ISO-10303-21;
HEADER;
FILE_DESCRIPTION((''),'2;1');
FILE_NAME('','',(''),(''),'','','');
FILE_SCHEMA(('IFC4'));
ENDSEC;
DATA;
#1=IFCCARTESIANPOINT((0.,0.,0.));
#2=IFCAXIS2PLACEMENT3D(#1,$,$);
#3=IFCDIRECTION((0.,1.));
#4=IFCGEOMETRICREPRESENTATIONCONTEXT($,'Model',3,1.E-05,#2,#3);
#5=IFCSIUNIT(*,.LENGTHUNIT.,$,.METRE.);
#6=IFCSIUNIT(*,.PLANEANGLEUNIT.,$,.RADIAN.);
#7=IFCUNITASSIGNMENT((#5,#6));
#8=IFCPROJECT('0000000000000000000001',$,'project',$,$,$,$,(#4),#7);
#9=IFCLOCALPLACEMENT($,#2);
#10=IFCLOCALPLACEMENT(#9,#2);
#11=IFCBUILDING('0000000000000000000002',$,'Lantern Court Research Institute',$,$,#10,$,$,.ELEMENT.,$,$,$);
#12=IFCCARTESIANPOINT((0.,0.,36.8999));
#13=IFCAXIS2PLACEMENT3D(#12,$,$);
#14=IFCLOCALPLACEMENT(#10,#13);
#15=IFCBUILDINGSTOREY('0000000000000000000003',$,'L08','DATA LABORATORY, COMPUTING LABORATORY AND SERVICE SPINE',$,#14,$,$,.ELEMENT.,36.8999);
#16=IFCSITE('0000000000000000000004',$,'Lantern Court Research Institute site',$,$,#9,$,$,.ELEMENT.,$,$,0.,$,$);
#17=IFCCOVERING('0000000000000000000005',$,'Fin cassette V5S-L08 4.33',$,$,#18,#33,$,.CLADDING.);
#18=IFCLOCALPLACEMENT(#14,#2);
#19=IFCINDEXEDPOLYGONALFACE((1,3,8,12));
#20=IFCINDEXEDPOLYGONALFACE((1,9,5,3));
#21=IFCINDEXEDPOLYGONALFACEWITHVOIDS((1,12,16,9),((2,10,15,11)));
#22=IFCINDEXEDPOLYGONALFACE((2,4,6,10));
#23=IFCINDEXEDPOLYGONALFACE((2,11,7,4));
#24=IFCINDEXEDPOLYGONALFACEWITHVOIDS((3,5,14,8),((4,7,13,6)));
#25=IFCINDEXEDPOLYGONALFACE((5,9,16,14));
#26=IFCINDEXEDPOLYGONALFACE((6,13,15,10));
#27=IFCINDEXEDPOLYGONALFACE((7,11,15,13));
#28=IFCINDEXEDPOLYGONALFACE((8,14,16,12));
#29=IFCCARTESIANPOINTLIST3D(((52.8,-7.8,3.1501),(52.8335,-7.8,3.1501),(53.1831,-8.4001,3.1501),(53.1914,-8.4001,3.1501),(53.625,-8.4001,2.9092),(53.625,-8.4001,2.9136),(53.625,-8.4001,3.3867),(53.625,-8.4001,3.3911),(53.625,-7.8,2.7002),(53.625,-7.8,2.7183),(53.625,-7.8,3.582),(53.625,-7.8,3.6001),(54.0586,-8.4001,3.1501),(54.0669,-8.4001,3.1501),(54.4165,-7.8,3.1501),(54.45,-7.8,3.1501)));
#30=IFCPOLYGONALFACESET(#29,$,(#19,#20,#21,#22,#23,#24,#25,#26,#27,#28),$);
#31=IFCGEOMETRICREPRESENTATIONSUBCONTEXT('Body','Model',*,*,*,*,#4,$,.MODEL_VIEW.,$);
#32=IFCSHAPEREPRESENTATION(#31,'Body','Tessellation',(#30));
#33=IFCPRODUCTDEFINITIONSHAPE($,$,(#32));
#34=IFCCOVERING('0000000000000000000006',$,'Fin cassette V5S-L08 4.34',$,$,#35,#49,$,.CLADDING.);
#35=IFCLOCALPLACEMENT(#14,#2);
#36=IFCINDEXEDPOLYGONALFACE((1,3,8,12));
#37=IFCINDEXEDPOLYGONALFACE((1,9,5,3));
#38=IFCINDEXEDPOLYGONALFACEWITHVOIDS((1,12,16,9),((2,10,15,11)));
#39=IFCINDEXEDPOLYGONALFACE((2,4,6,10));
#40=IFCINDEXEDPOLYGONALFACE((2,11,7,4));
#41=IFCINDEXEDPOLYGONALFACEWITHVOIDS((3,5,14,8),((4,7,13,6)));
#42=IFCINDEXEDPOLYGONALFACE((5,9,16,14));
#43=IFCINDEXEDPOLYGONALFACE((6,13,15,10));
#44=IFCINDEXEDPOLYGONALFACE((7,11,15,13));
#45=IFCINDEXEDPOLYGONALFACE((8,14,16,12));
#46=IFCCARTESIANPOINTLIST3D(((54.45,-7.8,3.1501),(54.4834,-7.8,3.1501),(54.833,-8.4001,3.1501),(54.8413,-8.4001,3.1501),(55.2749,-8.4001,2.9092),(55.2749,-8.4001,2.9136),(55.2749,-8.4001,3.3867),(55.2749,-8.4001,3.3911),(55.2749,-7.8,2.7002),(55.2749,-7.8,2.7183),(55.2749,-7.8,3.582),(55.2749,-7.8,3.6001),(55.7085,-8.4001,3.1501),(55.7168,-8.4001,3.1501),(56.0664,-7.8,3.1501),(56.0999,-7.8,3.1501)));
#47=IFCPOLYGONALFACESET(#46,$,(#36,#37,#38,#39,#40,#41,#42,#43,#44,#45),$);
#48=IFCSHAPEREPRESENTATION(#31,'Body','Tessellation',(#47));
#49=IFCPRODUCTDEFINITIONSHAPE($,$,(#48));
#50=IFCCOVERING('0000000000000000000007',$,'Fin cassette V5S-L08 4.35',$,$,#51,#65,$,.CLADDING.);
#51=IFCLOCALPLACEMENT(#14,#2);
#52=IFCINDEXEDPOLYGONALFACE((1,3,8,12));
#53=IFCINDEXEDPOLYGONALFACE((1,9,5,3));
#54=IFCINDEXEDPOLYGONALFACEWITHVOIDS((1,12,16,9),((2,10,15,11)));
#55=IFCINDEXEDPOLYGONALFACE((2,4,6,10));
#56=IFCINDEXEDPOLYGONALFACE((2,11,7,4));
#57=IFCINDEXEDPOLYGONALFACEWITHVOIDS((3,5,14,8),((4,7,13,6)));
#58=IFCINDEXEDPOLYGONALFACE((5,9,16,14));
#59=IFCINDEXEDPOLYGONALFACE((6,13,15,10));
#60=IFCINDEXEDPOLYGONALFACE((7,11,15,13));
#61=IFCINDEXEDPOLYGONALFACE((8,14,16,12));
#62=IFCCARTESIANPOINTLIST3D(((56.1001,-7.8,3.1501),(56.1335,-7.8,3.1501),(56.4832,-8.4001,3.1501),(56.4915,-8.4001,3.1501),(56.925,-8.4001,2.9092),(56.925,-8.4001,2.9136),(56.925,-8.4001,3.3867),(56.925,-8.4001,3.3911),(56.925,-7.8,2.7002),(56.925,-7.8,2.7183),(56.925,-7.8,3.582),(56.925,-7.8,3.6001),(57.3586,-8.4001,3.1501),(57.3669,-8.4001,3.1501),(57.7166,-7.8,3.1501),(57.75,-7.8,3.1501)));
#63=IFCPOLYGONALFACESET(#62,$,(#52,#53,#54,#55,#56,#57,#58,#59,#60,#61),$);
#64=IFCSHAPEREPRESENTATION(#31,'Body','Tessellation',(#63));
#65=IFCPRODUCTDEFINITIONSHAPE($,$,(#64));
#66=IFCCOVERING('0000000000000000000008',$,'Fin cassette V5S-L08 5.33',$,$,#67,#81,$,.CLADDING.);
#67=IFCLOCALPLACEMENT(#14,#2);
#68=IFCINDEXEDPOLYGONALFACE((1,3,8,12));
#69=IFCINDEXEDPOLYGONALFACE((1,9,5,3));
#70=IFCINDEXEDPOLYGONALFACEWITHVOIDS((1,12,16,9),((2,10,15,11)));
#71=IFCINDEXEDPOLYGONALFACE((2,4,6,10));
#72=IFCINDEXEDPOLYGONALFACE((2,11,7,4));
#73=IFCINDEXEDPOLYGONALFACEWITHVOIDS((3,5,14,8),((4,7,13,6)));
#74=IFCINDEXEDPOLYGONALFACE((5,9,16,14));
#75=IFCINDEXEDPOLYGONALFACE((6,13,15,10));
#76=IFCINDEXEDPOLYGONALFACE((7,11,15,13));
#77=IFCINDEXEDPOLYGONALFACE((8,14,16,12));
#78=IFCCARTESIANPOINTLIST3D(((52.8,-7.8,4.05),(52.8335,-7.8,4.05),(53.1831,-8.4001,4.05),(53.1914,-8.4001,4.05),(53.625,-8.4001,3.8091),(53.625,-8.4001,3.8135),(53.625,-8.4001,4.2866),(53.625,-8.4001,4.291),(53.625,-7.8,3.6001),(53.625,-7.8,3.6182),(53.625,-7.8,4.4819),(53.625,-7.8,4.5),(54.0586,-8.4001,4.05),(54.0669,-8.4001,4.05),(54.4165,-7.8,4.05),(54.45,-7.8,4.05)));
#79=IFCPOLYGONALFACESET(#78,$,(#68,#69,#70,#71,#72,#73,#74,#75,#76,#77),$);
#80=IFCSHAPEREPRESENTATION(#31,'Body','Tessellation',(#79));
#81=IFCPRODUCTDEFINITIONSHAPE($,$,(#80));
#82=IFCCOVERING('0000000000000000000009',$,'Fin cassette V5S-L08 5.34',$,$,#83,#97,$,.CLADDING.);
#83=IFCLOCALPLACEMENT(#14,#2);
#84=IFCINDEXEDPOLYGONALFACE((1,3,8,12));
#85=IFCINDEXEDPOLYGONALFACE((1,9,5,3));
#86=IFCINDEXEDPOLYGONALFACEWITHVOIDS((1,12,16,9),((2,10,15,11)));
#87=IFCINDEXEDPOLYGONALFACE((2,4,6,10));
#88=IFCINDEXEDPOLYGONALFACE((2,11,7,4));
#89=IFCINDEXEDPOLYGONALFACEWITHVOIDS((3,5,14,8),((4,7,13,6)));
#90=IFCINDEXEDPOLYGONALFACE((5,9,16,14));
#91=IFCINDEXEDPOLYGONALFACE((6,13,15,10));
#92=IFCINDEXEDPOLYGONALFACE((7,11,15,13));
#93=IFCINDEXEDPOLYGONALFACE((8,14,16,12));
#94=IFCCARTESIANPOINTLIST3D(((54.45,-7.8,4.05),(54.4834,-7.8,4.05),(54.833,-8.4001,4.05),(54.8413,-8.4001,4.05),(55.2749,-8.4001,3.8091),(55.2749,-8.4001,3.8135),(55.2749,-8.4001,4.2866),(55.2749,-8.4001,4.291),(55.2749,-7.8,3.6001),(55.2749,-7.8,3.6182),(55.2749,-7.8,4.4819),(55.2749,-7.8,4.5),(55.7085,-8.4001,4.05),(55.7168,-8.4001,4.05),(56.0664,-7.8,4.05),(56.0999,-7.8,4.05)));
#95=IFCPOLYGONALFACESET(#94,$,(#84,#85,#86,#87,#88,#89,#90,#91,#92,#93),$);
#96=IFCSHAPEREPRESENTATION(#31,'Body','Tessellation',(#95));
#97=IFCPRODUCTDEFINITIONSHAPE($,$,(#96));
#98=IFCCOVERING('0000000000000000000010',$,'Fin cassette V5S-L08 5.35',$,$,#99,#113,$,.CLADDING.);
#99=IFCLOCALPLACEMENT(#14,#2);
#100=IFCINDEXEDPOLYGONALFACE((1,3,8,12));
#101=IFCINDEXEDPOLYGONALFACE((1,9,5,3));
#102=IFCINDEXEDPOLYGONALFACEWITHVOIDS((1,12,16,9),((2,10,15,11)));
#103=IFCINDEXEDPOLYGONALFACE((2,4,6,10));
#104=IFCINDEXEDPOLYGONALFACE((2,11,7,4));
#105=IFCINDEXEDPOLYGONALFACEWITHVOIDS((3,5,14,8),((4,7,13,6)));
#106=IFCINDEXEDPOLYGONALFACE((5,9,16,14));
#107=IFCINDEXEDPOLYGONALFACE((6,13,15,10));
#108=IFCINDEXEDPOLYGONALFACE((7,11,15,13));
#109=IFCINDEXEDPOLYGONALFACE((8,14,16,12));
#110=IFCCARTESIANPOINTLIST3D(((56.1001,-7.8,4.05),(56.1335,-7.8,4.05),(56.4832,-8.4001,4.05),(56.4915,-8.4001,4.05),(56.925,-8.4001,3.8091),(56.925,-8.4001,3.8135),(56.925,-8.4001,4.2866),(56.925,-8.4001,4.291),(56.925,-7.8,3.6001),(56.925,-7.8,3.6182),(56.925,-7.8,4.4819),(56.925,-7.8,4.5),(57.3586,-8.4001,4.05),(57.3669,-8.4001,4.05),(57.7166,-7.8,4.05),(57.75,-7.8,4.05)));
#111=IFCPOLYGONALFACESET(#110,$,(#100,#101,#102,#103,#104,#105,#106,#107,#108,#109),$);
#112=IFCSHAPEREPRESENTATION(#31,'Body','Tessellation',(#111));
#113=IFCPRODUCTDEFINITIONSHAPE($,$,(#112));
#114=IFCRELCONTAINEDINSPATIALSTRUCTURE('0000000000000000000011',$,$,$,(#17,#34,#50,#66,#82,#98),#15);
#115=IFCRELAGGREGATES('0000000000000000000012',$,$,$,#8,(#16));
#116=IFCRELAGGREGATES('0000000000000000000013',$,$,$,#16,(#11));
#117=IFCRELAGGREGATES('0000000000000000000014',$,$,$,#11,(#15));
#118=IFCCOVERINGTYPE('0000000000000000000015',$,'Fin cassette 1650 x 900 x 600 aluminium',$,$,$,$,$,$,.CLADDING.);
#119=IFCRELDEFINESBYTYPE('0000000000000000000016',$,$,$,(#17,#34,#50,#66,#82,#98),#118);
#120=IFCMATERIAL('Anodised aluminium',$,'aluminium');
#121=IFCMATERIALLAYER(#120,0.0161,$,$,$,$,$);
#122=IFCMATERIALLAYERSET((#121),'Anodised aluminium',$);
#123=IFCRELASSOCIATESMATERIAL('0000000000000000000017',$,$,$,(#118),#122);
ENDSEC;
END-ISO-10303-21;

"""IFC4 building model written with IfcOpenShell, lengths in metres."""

from ifc_helpers import new_model, entity, si_unit, direction, frame, origin, place, context, subcontext, project, spatial, material, layer, layer_set, type_object, element, save


model = new_model("IFC4")

# Units and contexts
model_context = context("Model", 3, precision=1e-05, world=origin(), true_north=direction((0.0, 1.0)))
body_context = subcontext(model_context, "Body", "Model", "MODEL_VIEW")
ifc_project = project(units=[si_unit("LENGTHUNIT", "METRE"), si_unit("PLANEANGLEUNIT", "RADIAN")], contexts=[model_context])

# Site, building, storey
site_placement = place(None, origin())
site = spatial("IfcSite", under=ifc_project, at=site_placement, Name="Lantern Court Research Institute site", CompositionType="ELEMENT", RefElevation=0.0)
building_placement = place(site_placement, origin())
building = spatial("IfcBuilding", under=site, at=building_placement, Name="Lantern Court Research Institute", CompositionType="ELEMENT")
storey_placement = place(building_placement, frame((0.0, 0.0, 36.8999)))
storey = spatial("IfcBuildingStorey", under=building, at=storey_placement, Name="L08", Description="DATA LABORATORY, COMPUTING LABORATORY AND SERVICE SPINE", CompositionType="ELEMENT", Elevation=36.8999)

# Coverings
ifc_material_1 = material(Name="Anodised aluminium", Category="aluminium")
ifc_layer_1 = layer(ifc_material_1, 0.0161)
ifc_layer_set_1 = layer_set([ifc_layer_1], Name="Anodised aluminium")
covering_type = type_object("IfcCoveringType", Name="Fin cassette 1650 x 900 x 600 aluminium", PredefinedType="CLADDING", material=ifc_layer_set_1)
covering_1_placement = place(storey_placement, frame((53.625, -7.8, 3.1501), z_axis=(0.0, -1.0, 0.0), x_axis=(1.0, 0.0, 0.0)))
cartesian_point_1 = entity("IfcCartesianPoint", [0.825, 0.0])
cartesian_point_2 = entity("IfcCartesianPoint", [0.7915, 0.0])
cartesian_point_3 = entity("IfcCartesianPoint", [0.4419, 0.0])
cartesian_point_4 = entity("IfcCartesianPoint", [0.4336, 0.0])
element("IfcCovering", 1, at=covering_1_placement, inside=storey, type_object=covering_type, Name="Fin cassette V5S-L08 4.33", PredefinedType="CLADDING", context=body_context, shape_type="SweptSolid", body=[
    entity("IfcExtrudedAreaSolidTapered", entity("IfcArbitraryProfileDefWithVoids", "AREA", None, entity("IfcPolyline", [cartesian_point_1, entity("IfcCartesianPoint", [0.0, 0.45]), entity("IfcCartesianPoint", [-0.825, 0.0]), entity("IfcCartesianPoint", [0.0, -0.45]), cartesian_point_1]), [entity("IfcPolyline", [cartesian_point_2, entity("IfcCartesianPoint", [0.0, 0.4319]), entity("IfcCartesianPoint", [-0.7915, 0.0]), entity("IfcCartesianPoint", [0.0, -0.4319]), cartesian_point_2])]), entity("IfcAxis2Placement3D", entity("IfcCartesianPoint", [0.0, 0.0, 0.0])), entity("IfcDirection", [0.0, 0.0, 1.0]), 0.6001, entity("IfcArbitraryProfileDefWithVoids", "AREA", None, entity("IfcPolyline", [cartesian_point_3, entity("IfcCartesianPoint", [0.0, 0.241]), entity("IfcCartesianPoint", [-0.4419, 0.0]), entity("IfcCartesianPoint", [0.0, -0.241]), cartesian_point_3]), [entity("IfcPolyline", [cartesian_point_4, entity("IfcCartesianPoint", [0.0, 0.2366]), entity("IfcCartesianPoint", [-0.4336, 0.0]), entity("IfcCartesianPoint", [0.0, -0.2366]), cartesian_point_4])])),
])
covering_2_placement = place(storey_placement, frame((55.2749, -7.8, 3.1501), z_axis=(0.0, -1.0, 0.0), x_axis=(1.0, 0.0, 0.0)))
cartesian_point_5 = entity("IfcCartesianPoint", [0.825, 0.0])
cartesian_point_6 = entity("IfcCartesianPoint", [0.7915, 0.0])
cartesian_point_7 = entity("IfcCartesianPoint", [0.4419, 0.0])
cartesian_point_8 = entity("IfcCartesianPoint", [0.4336, 0.0])
element("IfcCovering", 2, at=covering_2_placement, inside=storey, type_object=covering_type, Name="Fin cassette V5S-L08 4.34", PredefinedType="CLADDING", context=body_context, shape_type="SweptSolid", body=[
    entity("IfcExtrudedAreaSolidTapered", entity("IfcArbitraryProfileDefWithVoids", "AREA", None, entity("IfcPolyline", [cartesian_point_5, entity("IfcCartesianPoint", [0.0, 0.45]), entity("IfcCartesianPoint", [-0.825, 0.0]), entity("IfcCartesianPoint", [0.0, -0.45]), cartesian_point_5]), [entity("IfcPolyline", [cartesian_point_6, entity("IfcCartesianPoint", [0.0, 0.4319]), entity("IfcCartesianPoint", [-0.7915, 0.0]), entity("IfcCartesianPoint", [0.0, -0.4319]), cartesian_point_6])]), entity("IfcAxis2Placement3D", entity("IfcCartesianPoint", [0.0, 0.0, 0.0])), entity("IfcDirection", [0.0, 0.0, 1.0]), 0.6001, entity("IfcArbitraryProfileDefWithVoids", "AREA", None, entity("IfcPolyline", [cartesian_point_7, entity("IfcCartesianPoint", [0.0, 0.241]), entity("IfcCartesianPoint", [-0.4419, 0.0]), entity("IfcCartesianPoint", [0.0, -0.241]), cartesian_point_7]), [entity("IfcPolyline", [cartesian_point_8, entity("IfcCartesianPoint", [0.0, 0.2366]), entity("IfcCartesianPoint", [-0.4336, 0.0]), entity("IfcCartesianPoint", [0.0, -0.2366]), cartesian_point_8])])),
])
covering_3_placement = place(storey_placement, frame((56.925, -7.8, 3.1501), z_axis=(0.0, -1.0, 0.0), x_axis=(1.0, 0.0, 0.0)))
cartesian_point_9 = entity("IfcCartesianPoint", [0.825, 0.0])
cartesian_point_10 = entity("IfcCartesianPoint", [0.7915, 0.0])
cartesian_point_11 = entity("IfcCartesianPoint", [0.4419, 0.0])
cartesian_point_12 = entity("IfcCartesianPoint", [0.4336, 0.0])
element("IfcCovering", 3, at=covering_3_placement, inside=storey, type_object=covering_type, Name="Fin cassette V5S-L08 4.35", PredefinedType="CLADDING", context=body_context, shape_type="SweptSolid", body=[
    entity("IfcExtrudedAreaSolidTapered", entity("IfcArbitraryProfileDefWithVoids", "AREA", None, entity("IfcPolyline", [cartesian_point_9, entity("IfcCartesianPoint", [0.0, 0.45]), entity("IfcCartesianPoint", [-0.825, 0.0]), entity("IfcCartesianPoint", [0.0, -0.45]), cartesian_point_9]), [entity("IfcPolyline", [cartesian_point_10, entity("IfcCartesianPoint", [0.0, 0.4319]), entity("IfcCartesianPoint", [-0.7915, 0.0]), entity("IfcCartesianPoint", [0.0, -0.4319]), cartesian_point_10])]), entity("IfcAxis2Placement3D", entity("IfcCartesianPoint", [0.0, 0.0, 0.0])), entity("IfcDirection", [0.0, 0.0, 1.0]), 0.6001, entity("IfcArbitraryProfileDefWithVoids", "AREA", None, entity("IfcPolyline", [cartesian_point_11, entity("IfcCartesianPoint", [0.0, 0.241]), entity("IfcCartesianPoint", [-0.4419, 0.0]), entity("IfcCartesianPoint", [0.0, -0.241]), cartesian_point_11]), [entity("IfcPolyline", [cartesian_point_12, entity("IfcCartesianPoint", [0.0, 0.2366]), entity("IfcCartesianPoint", [-0.4336, 0.0]), entity("IfcCartesianPoint", [0.0, -0.2366]), cartesian_point_12])])),
])
covering_4_placement = place(storey_placement, frame((53.625, -7.8, 4.05), z_axis=(0.0, -1.0, 0.0), x_axis=(1.0, 0.0, 0.0)))
cartesian_point_13 = entity("IfcCartesianPoint", [0.825, 0.0])
cartesian_point_14 = entity("IfcCartesianPoint", [0.7915, 0.0])
cartesian_point_15 = entity("IfcCartesianPoint", [0.4419, 0.0])
cartesian_point_16 = entity("IfcCartesianPoint", [0.4336, 0.0])
element("IfcCovering", 4, at=covering_4_placement, inside=storey, type_object=covering_type, Name="Fin cassette V5S-L08 5.33", PredefinedType="CLADDING", context=body_context, shape_type="SweptSolid", body=[
    entity("IfcExtrudedAreaSolidTapered", entity("IfcArbitraryProfileDefWithVoids", "AREA", None, entity("IfcPolyline", [cartesian_point_13, entity("IfcCartesianPoint", [0.0, 0.45]), entity("IfcCartesianPoint", [-0.825, 0.0]), entity("IfcCartesianPoint", [0.0, -0.45]), cartesian_point_13]), [entity("IfcPolyline", [cartesian_point_14, entity("IfcCartesianPoint", [0.0, 0.4319]), entity("IfcCartesianPoint", [-0.7915, 0.0]), entity("IfcCartesianPoint", [0.0, -0.4319]), cartesian_point_14])]), entity("IfcAxis2Placement3D", entity("IfcCartesianPoint", [0.0, 0.0, 0.0])), entity("IfcDirection", [0.0, 0.0, 1.0]), 0.6001, entity("IfcArbitraryProfileDefWithVoids", "AREA", None, entity("IfcPolyline", [cartesian_point_15, entity("IfcCartesianPoint", [0.0, 0.241]), entity("IfcCartesianPoint", [-0.4419, 0.0]), entity("IfcCartesianPoint", [0.0, -0.241]), cartesian_point_15]), [entity("IfcPolyline", [cartesian_point_16, entity("IfcCartesianPoint", [0.0, 0.2366]), entity("IfcCartesianPoint", [-0.4336, 0.0]), entity("IfcCartesianPoint", [0.0, -0.2366]), cartesian_point_16])])),
])
covering_5_placement = place(storey_placement, frame((55.2749, -7.8, 4.05), z_axis=(0.0, -1.0, 0.0), x_axis=(1.0, 0.0, 0.0)))
cartesian_point_17 = entity("IfcCartesianPoint", [0.825, 0.0])
cartesian_point_18 = entity("IfcCartesianPoint", [0.7915, 0.0])
cartesian_point_19 = entity("IfcCartesianPoint", [0.4419, 0.0])
cartesian_point_20 = entity("IfcCartesianPoint", [0.4336, 0.0])
element("IfcCovering", 5, at=covering_5_placement, inside=storey, type_object=covering_type, Name="Fin cassette V5S-L08 5.34", PredefinedType="CLADDING", context=body_context, shape_type="SweptSolid", body=[
    entity("IfcExtrudedAreaSolidTapered", entity("IfcArbitraryProfileDefWithVoids", "AREA", None, entity("IfcPolyline", [cartesian_point_17, entity("IfcCartesianPoint", [0.0, 0.45]), entity("IfcCartesianPoint", [-0.825, 0.0]), entity("IfcCartesianPoint", [0.0, -0.45]), cartesian_point_17]), [entity("IfcPolyline", [cartesian_point_18, entity("IfcCartesianPoint", [0.0, 0.4319]), entity("IfcCartesianPoint", [-0.7915, 0.0]), entity("IfcCartesianPoint", [0.0, -0.4319]), cartesian_point_18])]), entity("IfcAxis2Placement3D", entity("IfcCartesianPoint", [0.0, 0.0, 0.0])), entity("IfcDirection", [0.0, 0.0, 1.0]), 0.6001, entity("IfcArbitraryProfileDefWithVoids", "AREA", None, entity("IfcPolyline", [cartesian_point_19, entity("IfcCartesianPoint", [0.0, 0.241]), entity("IfcCartesianPoint", [-0.4419, 0.0]), entity("IfcCartesianPoint", [0.0, -0.241]), cartesian_point_19]), [entity("IfcPolyline", [cartesian_point_20, entity("IfcCartesianPoint", [0.0, 0.2366]), entity("IfcCartesianPoint", [-0.4336, 0.0]), entity("IfcCartesianPoint", [0.0, -0.2366]), cartesian_point_20])])),
])
covering_6_placement = place(storey_placement, frame((56.925, -7.8, 4.05), z_axis=(0.0, -1.0, 0.0), x_axis=(1.0, 0.0, 0.0)))
cartesian_point_21 = entity("IfcCartesianPoint", [0.825, 0.0])
cartesian_point_22 = entity("IfcCartesianPoint", [0.7915, 0.0])
cartesian_point_23 = entity("IfcCartesianPoint", [0.4419, 0.0])
cartesian_point_24 = entity("IfcCartesianPoint", [0.4336, 0.0])
element("IfcCovering", 6, at=covering_6_placement, inside=storey, type_object=covering_type, Name="Fin cassette V5S-L08 5.35", PredefinedType="CLADDING", context=body_context, shape_type="SweptSolid", body=[
    entity("IfcExtrudedAreaSolidTapered", entity("IfcArbitraryProfileDefWithVoids", "AREA", None, entity("IfcPolyline", [cartesian_point_21, entity("IfcCartesianPoint", [0.0, 0.45]), entity("IfcCartesianPoint", [-0.825, 0.0]), entity("IfcCartesianPoint", [0.0, -0.45]), cartesian_point_21]), [entity("IfcPolyline", [cartesian_point_22, entity("IfcCartesianPoint", [0.0, 0.4319]), entity("IfcCartesianPoint", [-0.7915, 0.0]), entity("IfcCartesianPoint", [0.0, -0.4319]), cartesian_point_22])]), entity("IfcAxis2Placement3D", entity("IfcCartesianPoint", [0.0, 0.0, 0.0])), entity("IfcDirection", [0.0, 0.0, 1.0]), 0.6001, entity("IfcArbitraryProfileDefWithVoids", "AREA", None, entity("IfcPolyline", [cartesian_point_23, entity("IfcCartesianPoint", [0.0, 0.241]), entity("IfcCartesianPoint", [-0.4419, 0.0]), entity("IfcCartesianPoint", [0.0, -0.241]), cartesian_point_23]), [entity("IfcPolyline", [cartesian_point_24, entity("IfcCartesianPoint", [0.0, 0.2366]), entity("IfcCartesianPoint", [-0.4336, 0.0]), entity("IfcCartesianPoint", [0.0, -0.2366]), cartesian_point_24])])),
])

save(model, "model.ifc")
